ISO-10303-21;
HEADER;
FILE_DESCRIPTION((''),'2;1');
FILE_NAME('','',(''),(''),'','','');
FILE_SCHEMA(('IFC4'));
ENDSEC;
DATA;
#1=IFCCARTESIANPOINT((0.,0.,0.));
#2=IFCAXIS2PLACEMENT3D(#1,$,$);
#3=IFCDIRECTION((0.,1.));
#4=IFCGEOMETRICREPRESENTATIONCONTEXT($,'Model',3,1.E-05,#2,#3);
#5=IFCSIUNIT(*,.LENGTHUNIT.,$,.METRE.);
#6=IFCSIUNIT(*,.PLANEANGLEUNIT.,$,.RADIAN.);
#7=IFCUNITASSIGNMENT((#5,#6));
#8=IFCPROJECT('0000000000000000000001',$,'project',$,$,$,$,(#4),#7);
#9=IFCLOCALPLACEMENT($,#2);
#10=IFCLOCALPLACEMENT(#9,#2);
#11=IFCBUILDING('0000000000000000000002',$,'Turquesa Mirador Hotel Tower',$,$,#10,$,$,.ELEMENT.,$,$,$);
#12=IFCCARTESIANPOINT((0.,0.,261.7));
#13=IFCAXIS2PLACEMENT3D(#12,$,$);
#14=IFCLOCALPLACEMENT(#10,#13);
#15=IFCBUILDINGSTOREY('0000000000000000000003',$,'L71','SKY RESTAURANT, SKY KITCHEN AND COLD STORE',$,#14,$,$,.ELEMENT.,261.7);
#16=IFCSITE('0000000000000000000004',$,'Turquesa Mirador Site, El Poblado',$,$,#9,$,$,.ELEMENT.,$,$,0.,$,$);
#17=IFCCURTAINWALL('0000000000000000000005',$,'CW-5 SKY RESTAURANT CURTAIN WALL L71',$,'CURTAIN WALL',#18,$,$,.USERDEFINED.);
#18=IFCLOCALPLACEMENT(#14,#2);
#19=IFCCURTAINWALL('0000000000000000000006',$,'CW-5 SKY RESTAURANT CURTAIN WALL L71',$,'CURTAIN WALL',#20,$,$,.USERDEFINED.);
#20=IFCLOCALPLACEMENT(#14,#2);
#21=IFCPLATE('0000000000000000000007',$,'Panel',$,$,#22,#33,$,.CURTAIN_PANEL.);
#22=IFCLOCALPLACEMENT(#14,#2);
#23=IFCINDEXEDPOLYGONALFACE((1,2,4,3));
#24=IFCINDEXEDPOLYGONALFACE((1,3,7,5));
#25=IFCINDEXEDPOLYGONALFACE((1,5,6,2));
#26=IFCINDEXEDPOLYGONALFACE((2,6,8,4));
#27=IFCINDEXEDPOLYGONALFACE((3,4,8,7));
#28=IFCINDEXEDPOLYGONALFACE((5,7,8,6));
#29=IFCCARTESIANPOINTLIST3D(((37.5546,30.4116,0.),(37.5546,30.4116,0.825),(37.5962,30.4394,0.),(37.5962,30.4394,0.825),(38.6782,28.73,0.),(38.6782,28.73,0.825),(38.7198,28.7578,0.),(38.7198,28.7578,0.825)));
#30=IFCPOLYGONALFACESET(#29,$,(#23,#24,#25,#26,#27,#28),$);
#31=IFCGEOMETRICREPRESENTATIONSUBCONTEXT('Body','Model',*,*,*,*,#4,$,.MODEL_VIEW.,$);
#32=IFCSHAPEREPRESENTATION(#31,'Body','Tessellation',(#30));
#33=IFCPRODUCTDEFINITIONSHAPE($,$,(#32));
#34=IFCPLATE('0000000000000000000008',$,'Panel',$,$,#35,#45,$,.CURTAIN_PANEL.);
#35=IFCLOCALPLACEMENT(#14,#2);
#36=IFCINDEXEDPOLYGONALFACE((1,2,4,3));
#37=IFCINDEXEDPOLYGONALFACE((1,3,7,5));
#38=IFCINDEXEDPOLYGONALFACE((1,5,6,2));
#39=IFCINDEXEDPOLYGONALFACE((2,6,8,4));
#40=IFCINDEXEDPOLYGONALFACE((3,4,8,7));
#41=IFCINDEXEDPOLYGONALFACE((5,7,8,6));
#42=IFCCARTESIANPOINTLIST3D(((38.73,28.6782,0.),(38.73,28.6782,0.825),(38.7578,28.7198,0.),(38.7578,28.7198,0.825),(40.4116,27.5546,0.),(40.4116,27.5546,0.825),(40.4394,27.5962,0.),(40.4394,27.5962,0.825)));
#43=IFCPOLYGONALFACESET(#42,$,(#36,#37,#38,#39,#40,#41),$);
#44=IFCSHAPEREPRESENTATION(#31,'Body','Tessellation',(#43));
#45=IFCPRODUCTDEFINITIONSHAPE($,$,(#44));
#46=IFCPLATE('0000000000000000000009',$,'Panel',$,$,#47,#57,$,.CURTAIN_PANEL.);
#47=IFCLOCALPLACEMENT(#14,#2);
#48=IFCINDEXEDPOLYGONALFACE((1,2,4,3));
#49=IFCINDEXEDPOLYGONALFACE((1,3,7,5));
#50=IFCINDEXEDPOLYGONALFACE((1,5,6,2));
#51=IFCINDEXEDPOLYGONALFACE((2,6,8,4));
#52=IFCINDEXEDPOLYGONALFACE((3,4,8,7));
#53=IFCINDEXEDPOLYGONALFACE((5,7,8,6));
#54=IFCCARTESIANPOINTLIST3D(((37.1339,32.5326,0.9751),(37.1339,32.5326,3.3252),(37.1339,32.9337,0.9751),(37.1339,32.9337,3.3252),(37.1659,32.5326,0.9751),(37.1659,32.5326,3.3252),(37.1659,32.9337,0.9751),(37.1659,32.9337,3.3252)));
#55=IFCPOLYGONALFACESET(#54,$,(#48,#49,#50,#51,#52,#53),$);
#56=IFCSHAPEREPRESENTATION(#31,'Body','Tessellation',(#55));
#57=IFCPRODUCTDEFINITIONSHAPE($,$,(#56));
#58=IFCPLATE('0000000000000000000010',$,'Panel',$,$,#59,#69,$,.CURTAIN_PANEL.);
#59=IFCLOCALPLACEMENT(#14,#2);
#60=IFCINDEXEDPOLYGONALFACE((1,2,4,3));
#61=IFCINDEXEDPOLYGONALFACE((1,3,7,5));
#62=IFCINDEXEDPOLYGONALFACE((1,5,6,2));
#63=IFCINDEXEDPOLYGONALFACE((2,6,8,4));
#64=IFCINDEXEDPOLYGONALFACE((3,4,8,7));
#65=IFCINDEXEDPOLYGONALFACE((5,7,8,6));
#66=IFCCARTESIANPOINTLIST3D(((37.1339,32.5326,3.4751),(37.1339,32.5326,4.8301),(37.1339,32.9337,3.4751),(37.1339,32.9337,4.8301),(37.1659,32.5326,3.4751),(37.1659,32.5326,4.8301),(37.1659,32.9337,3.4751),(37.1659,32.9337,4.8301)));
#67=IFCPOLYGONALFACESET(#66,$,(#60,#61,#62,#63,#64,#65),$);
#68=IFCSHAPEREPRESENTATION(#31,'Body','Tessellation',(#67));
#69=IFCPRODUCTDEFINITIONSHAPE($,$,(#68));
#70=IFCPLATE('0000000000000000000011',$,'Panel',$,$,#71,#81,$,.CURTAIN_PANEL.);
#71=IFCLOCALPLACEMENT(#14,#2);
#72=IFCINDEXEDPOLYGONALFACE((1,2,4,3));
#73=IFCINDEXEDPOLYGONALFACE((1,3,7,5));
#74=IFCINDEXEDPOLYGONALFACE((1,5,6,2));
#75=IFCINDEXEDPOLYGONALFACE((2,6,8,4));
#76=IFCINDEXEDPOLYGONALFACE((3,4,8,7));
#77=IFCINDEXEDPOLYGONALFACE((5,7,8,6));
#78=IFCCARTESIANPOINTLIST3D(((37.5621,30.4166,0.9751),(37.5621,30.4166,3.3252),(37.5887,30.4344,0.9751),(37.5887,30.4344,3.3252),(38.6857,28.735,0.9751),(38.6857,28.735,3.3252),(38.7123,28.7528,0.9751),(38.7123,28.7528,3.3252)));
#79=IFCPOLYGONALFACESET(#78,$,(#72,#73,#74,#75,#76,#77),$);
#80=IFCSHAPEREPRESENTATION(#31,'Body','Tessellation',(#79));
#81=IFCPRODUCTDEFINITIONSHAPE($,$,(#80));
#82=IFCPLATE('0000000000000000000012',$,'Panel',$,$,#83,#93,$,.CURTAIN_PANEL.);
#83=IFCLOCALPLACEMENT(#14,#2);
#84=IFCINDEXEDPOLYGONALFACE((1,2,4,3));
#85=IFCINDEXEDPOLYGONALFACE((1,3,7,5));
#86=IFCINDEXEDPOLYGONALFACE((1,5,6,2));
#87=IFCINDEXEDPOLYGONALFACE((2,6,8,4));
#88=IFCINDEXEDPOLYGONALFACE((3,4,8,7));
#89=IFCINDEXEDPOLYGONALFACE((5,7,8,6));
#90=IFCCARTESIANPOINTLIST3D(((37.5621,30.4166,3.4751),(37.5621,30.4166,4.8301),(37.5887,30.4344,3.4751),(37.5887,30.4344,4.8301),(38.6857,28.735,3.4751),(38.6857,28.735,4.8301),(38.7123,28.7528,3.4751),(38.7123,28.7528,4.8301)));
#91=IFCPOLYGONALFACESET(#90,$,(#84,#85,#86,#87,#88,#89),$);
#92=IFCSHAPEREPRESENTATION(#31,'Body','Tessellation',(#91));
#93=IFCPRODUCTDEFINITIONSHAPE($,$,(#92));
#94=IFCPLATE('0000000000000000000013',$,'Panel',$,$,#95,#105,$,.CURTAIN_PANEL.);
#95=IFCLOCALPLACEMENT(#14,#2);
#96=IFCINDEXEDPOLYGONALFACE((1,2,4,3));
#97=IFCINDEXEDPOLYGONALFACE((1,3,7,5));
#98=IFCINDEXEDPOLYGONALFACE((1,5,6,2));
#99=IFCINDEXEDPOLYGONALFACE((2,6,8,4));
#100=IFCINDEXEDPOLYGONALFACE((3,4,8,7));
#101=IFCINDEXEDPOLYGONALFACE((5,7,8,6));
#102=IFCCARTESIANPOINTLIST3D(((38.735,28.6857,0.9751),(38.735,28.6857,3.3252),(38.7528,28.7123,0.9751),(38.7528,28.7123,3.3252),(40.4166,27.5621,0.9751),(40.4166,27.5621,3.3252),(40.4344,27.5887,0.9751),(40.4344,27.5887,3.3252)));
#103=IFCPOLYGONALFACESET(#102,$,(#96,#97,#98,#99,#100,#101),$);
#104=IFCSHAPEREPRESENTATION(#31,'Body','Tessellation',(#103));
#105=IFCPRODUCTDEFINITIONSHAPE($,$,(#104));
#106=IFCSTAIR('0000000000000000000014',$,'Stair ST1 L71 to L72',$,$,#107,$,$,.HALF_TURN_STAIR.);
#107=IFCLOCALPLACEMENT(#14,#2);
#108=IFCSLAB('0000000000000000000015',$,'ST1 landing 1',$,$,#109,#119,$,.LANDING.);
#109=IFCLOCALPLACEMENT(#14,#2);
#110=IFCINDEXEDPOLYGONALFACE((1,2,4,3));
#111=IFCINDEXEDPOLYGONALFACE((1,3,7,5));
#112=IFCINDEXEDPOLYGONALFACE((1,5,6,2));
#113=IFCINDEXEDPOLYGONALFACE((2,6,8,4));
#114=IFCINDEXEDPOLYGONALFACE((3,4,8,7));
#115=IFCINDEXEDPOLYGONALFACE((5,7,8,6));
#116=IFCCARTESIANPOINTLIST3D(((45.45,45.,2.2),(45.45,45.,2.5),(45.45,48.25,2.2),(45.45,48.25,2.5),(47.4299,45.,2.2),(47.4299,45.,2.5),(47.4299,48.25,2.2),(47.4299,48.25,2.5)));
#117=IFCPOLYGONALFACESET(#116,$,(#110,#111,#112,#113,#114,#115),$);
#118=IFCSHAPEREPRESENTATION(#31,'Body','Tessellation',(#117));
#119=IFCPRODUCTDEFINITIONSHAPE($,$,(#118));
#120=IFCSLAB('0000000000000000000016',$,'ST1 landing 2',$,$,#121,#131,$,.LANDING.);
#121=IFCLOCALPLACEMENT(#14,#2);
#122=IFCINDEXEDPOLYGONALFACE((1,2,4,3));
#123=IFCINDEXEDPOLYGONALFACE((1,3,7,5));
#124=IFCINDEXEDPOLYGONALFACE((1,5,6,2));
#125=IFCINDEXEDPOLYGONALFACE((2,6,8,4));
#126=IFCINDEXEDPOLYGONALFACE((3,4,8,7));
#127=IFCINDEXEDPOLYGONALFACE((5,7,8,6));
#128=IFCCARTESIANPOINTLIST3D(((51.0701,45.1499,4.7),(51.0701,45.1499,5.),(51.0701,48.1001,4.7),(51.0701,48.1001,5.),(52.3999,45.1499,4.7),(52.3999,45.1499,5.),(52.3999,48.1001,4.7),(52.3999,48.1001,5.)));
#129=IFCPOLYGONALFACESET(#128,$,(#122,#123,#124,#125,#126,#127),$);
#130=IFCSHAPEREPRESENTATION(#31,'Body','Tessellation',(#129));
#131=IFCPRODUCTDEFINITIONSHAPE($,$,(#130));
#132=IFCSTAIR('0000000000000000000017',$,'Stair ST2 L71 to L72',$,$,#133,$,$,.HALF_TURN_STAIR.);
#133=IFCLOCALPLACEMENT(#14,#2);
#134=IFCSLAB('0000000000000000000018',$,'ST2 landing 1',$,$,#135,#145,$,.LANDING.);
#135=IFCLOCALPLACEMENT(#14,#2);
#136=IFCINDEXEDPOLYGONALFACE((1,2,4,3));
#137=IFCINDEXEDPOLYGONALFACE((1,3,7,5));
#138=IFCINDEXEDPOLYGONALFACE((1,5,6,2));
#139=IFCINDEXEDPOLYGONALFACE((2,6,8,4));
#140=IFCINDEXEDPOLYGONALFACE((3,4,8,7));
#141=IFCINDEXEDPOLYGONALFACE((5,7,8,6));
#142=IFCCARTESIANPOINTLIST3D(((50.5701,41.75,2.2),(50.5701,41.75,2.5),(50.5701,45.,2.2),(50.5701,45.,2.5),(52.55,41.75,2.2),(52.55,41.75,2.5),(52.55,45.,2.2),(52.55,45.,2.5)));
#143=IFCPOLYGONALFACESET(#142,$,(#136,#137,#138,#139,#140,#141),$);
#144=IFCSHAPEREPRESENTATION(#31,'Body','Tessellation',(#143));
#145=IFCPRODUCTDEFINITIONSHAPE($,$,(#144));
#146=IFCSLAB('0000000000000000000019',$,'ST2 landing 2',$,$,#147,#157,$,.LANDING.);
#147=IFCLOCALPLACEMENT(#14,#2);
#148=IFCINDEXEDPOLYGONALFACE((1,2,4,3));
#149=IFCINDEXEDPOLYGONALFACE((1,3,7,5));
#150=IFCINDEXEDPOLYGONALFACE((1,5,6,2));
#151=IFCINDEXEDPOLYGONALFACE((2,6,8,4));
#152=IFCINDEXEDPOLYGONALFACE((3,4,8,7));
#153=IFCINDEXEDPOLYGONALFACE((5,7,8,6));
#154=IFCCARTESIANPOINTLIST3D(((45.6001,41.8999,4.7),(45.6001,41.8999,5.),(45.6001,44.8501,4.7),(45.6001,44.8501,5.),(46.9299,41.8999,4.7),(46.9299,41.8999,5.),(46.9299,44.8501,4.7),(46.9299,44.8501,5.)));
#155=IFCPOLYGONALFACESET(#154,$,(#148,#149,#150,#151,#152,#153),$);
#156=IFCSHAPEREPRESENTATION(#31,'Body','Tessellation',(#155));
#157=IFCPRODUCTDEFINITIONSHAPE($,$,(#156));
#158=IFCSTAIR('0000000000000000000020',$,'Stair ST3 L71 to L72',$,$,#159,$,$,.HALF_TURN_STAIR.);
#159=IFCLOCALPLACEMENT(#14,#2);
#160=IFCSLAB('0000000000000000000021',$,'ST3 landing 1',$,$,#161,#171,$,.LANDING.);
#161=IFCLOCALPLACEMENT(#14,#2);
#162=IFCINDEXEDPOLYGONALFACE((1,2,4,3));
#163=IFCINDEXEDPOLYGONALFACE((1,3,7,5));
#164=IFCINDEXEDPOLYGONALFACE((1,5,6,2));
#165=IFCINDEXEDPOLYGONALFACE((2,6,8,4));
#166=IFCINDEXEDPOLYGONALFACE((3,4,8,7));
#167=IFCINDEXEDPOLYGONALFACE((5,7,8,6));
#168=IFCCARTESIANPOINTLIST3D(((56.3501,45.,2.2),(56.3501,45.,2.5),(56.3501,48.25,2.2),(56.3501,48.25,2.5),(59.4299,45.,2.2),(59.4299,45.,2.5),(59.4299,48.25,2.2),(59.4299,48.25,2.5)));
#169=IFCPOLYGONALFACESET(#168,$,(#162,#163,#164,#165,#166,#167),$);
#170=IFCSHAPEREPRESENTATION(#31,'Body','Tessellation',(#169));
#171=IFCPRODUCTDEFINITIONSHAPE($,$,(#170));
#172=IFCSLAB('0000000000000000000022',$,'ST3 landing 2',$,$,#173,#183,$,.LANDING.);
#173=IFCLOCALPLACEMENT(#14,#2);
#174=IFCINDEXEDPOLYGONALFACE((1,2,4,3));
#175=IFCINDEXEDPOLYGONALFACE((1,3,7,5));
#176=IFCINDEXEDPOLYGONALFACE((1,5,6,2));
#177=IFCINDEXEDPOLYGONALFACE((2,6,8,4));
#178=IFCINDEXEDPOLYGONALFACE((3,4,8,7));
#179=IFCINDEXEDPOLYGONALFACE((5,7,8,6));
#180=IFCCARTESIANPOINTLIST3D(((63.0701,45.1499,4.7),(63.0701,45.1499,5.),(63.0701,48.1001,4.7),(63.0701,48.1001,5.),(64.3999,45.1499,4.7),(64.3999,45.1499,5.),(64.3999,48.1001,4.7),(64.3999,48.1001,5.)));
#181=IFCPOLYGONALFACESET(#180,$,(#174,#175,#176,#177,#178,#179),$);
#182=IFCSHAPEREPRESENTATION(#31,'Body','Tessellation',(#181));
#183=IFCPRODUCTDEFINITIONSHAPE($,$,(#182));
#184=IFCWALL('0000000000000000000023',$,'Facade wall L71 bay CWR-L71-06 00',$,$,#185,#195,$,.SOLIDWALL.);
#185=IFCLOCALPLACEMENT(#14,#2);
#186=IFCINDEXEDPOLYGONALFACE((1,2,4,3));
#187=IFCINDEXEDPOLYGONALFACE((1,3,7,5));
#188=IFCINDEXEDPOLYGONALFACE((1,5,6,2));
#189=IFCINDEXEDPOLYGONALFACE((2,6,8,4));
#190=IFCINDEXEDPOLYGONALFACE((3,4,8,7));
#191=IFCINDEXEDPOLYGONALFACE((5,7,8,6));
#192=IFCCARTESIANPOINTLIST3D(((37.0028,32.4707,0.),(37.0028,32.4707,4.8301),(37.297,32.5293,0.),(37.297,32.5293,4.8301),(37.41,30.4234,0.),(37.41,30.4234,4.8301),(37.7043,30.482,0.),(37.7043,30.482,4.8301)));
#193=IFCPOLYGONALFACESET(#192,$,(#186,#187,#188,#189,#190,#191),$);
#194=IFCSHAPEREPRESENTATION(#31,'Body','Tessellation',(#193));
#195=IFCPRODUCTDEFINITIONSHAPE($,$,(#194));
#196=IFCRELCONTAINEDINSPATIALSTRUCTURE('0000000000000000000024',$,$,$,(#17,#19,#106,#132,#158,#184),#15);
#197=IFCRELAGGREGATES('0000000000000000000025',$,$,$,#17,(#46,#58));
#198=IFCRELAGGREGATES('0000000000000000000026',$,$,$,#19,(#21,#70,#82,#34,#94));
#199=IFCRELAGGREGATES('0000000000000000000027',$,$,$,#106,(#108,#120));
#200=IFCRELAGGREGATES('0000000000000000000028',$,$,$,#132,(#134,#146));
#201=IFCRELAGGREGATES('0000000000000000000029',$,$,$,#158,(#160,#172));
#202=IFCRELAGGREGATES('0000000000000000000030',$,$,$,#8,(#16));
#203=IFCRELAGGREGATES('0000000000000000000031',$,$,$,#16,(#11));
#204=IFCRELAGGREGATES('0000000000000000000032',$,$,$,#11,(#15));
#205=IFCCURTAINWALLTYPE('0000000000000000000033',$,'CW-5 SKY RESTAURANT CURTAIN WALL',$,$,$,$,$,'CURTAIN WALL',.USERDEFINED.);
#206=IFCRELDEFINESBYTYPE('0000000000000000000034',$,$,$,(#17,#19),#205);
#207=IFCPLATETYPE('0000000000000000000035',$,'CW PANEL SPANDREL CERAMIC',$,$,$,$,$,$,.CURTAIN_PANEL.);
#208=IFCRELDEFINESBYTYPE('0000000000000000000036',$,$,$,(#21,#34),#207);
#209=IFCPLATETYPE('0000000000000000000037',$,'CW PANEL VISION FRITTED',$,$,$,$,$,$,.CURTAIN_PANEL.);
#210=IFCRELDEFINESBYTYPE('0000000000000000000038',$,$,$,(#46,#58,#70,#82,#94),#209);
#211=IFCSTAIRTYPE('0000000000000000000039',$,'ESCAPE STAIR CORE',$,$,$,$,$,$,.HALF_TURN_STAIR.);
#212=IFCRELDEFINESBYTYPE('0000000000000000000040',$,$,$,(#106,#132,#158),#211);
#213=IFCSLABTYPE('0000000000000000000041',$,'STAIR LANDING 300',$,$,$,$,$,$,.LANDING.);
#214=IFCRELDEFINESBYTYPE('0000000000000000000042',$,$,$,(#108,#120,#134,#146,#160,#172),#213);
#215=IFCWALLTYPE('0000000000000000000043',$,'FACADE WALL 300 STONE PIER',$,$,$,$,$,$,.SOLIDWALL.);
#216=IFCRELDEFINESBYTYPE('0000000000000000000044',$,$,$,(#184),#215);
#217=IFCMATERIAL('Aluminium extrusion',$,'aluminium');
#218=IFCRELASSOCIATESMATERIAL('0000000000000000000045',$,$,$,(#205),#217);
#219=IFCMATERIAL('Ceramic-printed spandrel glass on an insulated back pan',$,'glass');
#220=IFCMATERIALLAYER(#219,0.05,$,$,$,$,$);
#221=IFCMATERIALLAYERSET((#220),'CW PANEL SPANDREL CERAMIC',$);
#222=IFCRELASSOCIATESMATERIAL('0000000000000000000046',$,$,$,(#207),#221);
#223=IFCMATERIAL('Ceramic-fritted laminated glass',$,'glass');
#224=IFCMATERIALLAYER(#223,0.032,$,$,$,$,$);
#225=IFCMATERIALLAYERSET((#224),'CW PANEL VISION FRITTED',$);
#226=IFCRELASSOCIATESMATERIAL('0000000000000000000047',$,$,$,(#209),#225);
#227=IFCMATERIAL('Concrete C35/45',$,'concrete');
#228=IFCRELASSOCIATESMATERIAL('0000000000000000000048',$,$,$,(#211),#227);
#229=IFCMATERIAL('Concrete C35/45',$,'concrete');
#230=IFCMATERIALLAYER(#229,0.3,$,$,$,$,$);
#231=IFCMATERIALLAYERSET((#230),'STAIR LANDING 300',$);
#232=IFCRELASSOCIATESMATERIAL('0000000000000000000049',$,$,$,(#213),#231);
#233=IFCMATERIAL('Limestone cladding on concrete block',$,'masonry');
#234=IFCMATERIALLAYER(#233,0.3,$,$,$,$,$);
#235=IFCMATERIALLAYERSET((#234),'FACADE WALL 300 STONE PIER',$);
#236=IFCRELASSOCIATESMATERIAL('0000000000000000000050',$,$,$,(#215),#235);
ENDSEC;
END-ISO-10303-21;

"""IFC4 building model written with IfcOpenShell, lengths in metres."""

from ifc_helpers import new_model, si_unit, direction, frame, frame_2d, origin, origin_2d, place, context, subcontext, project, spatial, polyline, rectangle, outline, extrude, material, layer, layer_set, type_object, element, aggregate, save


model = new_model("IFC4")

# Units and contexts
model_context = context("Model", 3, precision=1e-05, world=origin(), true_north=direction((0.0, 1.0)))
body_context = subcontext(model_context, "Body", "Model", "MODEL_VIEW")
ifc_project = project(units=[si_unit("LENGTHUNIT", "METRE"), si_unit("PLANEANGLEUNIT", "RADIAN")], contexts=[model_context])

# Site, building, storey
site_placement = place(None, origin())
site = spatial("IfcSite", under=ifc_project, at=site_placement, Name="Turquesa Mirador Site, El Poblado", CompositionType="ELEMENT", RefElevation=0.0)
building_placement = place(site_placement, origin())
building = spatial("IfcBuilding", under=site, at=building_placement, Name="Turquesa Mirador Hotel Tower", CompositionType="ELEMENT")
storey_placement = place(building_placement, frame((0.0, 0.0, 261.7)))
storey = spatial("IfcBuildingStorey", under=building, at=storey_placement, Name="L71", Description="SKY RESTAURANT, SKY KITCHEN AND COLD STORE", CompositionType="ELEMENT", Elevation=261.7)

# Shared definitions
ifc_material_1 = material(Name="Aluminium extrusion", Category="aluminium")
curtain_wall_type = type_object("IfcCurtainWallType", Name="CW-5 SKY RESTAURANT CURTAIN WALL", ElementType="CURTAIN WALL", PredefinedType="USERDEFINED", material=ifc_material_1)

# Curtain walls
curtain_wall_1_placement = place(storey_placement, origin())
curtain_wall_1 = element("IfcCurtainWall", 1, at=curtain_wall_1_placement, inside=storey, type_object=curtain_wall_type, Name="CW-5 SKY RESTAURANT CURTAIN WALL L71", ObjectType="CURTAIN WALL", PredefinedType="USERDEFINED")
curtain_wall_2_placement = place(storey_placement, origin())
curtain_wall_2 = element("IfcCurtainWall", 2, at=curtain_wall_2_placement, inside=storey, type_object=curtain_wall_type, Name="CW-5 SKY RESTAURANT CURTAIN WALL L71", ObjectType="CURTAIN WALL", PredefinedType="USERDEFINED")

# Plates
ifc_material_2 = material(Name="Ceramic-printed spandrel glass on an insulated back pan", Category="glass")
ifc_layer_1 = layer(ifc_material_2, 0.05)
ifc_layer_set_1 = layer_set([ifc_layer_1], Name="CW PANEL SPANDREL CERAMIC")
plate_type_1 = type_object("IfcPlateType", Name="CW PANEL SPANDREL CERAMIC", PredefinedType="CURTAIN_PANEL", material=ifc_layer_set_1)
plate_1_placement = place(storey_placement, frame((38.1372, 29.5847, 0.0), z_axis=(0.0, 0.0, 1.0), x_axis=(0.55557, -0.83147, 0.0)))
plate_1 = element("IfcPlate", 3, at=plate_1_placement, type_object=plate_type_1, Name="Panel", PredefinedType="CURTAIN_PANEL", context=body_context, shape_type="SweptSolid", body=[
    extrude(rectangle(XDim=2.0225, YDim=0.05, at=origin_2d()), origin(), (0.0, 0.0, 1.0), 0.825),
])
plate_2_placement = place(storey_placement, frame((39.5847, 28.1372, 0.0), z_axis=(0.0, 0.0, 1.0), x_axis=(0.83147, -0.55557, 0.0)))
plate_2 = element("IfcPlate", 4, at=plate_2_placement, type_object=plate_type_1, Name="Panel", PredefinedType="CURTAIN_PANEL", context=body_context, shape_type="SweptSolid", body=[
    extrude(rectangle(XDim=2.0225, YDim=0.05, at=origin_2d()), origin(), (0.0, 0.0, 1.0), 0.825),
])
ifc_material_3 = material(Name="Ceramic-fritted laminated glass", Category="glass")
ifc_layer_2 = layer(ifc_material_3, 0.032)
ifc_layer_set_2 = layer_set([ifc_layer_2], Name="CW PANEL VISION FRITTED")
plate_type_2 = type_object("IfcPlateType", Name="CW PANEL VISION FRITTED", PredefinedType="CURTAIN_PANEL", material=ifc_layer_set_2)
plate_3_placement = place(storey_placement, frame((37.1499, 32.7332, 0.9751), z_axis=(0.0, 0.0, 1.0), x_axis=(0.0, -1.0, 0.0)))
plate_3 = element("IfcPlate", 5, at=plate_3_placement, type_object=plate_type_2, Name="Panel", PredefinedType="CURTAIN_PANEL", context=body_context, shape_type="SweptSolid", body=[
    extrude(rectangle(XDim=0.4011, YDim=0.032, at=origin_2d()), origin(), (0.0, 0.0, 1.0), 2.3501),
])
plate_4_placement = place(storey_placement, frame((37.1499, 32.7332, 3.4751), z_axis=(0.0, 0.0, 1.0), x_axis=(0.0, -1.0, 0.0)))
plate_4 = element("IfcPlate", 6, at=plate_4_placement, type_object=plate_type_2, Name="Panel", PredefinedType="CURTAIN_PANEL", context=body_context, shape_type="SweptSolid", body=[
    extrude(rectangle(XDim=0.4011, YDim=0.032, at=origin_2d()), origin(), (0.0, 0.0, 1.0), 1.355),
])
aggregate(curtain_wall_1, [plate_3, plate_4])
plate_5_placement = place(storey_placement, frame((38.1372, 29.5847, 0.9751), z_axis=(0.0, 0.0, 1.0), x_axis=(0.55557, -0.83147, 0.0)))
plate_5 = element("IfcPlate", 7, at=plate_5_placement, type_object=plate_type_2, Name="Panel", PredefinedType="CURTAIN_PANEL", context=body_context, shape_type="SweptSolid", body=[
    extrude(rectangle(XDim=2.0225, YDim=0.032, at=origin_2d()), origin(), (0.0, 0.0, 1.0), 2.3501),
])
plate_6_placement = place(storey_placement, frame((38.1372, 29.5847, 3.4751), z_axis=(0.0, 0.0, 1.0), x_axis=(0.55557, -0.83147, 0.0)))
plate_6 = element("IfcPlate", 8, at=plate_6_placement, type_object=plate_type_2, Name="Panel", PredefinedType="CURTAIN_PANEL", context=body_context, shape_type="SweptSolid", body=[
    extrude(rectangle(XDim=2.0225, YDim=0.032, at=origin_2d()), origin(), (0.0, 0.0, 1.0), 1.355),
])
plate_7_placement = place(storey_placement, frame((39.5847, 28.1372, 0.9751), z_axis=(0.0, 0.0, 1.0), x_axis=(0.83147, -0.55557, 0.0)))
plate_7 = element("IfcPlate", 9, at=plate_7_placement, type_object=plate_type_2, Name="Panel", PredefinedType="CURTAIN_PANEL", context=body_context, shape_type="SweptSolid", body=[
    extrude(rectangle(XDim=2.0225, YDim=0.032, at=origin_2d()), origin(), (0.0, 0.0, 1.0), 2.3501),
])
aggregate(curtain_wall_2, [plate_1, plate_5, plate_6, plate_2, plate_7])

# Stairs, slabs
ifc_material_4 = material(Name="Concrete C35/45", Category="concrete")
stair_type = type_object("IfcStairType", Name="ESCAPE STAIR CORE", PredefinedType="HALF_TURN_STAIR", material=ifc_material_4)
stair_1_placement = place(storey_placement, origin())
stair_1 = element("IfcStair", 10, at=stair_1_placement, inside=storey, type_object=stair_type, Name="Stair ST1 L71 to L72", PredefinedType="HALF_TURN_STAIR")
ifc_material_5 = material(Name="Concrete C35/45", Category="concrete")
ifc_layer_3 = layer(ifc_material_5, 0.3)
ifc_layer_set_3 = layer_set([ifc_layer_3], Name="STAIR LANDING 300")
slab_type_1 = type_object("IfcSlabType", Name="STAIR LANDING 300", PredefinedType="LANDING", material=ifc_layer_set_3)
slab_1_placement = place(storey_placement, frame((0.0, 0.0, 2.2)))
slab_1 = element("IfcSlab", 11, at=slab_1_placement, type_object=slab_type_1, Name="ST1 landing 1", PredefinedType="LANDING", context=body_context, shape_type="SweptSolid", body=[
    extrude(outline(polyline([(45.45, 45.0), (47.4299, 45.0), (47.4299, 48.25), (45.45, 48.25), (45.45, 45.0)])), origin(), (0.0, 0.0, 1.0), 0.3),
])
slab_2_placement = place(storey_placement, frame((0.0, 0.0, 4.7)))
slab_2 = element("IfcSlab", 12, at=slab_2_placement, type_object=slab_type_1, Name="ST1 landing 2", PredefinedType="LANDING", context=body_context, shape_type="SweptSolid", body=[
    extrude(outline(polyline([(51.0701, 45.1499), (52.3999, 45.1499), (52.3999, 48.1001), (51.0701, 48.1001), (51.0701, 45.1499)])), origin(), (0.0, 0.0, 1.0), 0.3),
])
aggregate(stair_1, [slab_1, slab_2])
stair_2_placement = place(storey_placement, origin())
stair_2 = element("IfcStair", 13, at=stair_2_placement, inside=storey, type_object=stair_type, Name="Stair ST2 L71 to L72", PredefinedType="HALF_TURN_STAIR")
slab_3_placement = place(storey_placement, frame((0.0, 0.0, 2.2)))
slab_3 = element("IfcSlab", 14, at=slab_3_placement, type_object=slab_type_1, Name="ST2 landing 1", PredefinedType="LANDING", context=body_context, shape_type="SweptSolid", body=[
    extrude(outline(polyline([(52.55, 45.0), (50.5701, 45.0), (50.5701, 41.75), (52.55, 41.75), (52.55, 45.0)])), origin(), (0.0, 0.0, 1.0), 0.3),
])
slab_4_placement = place(storey_placement, frame((0.0, 0.0, 4.7)))
slab_4 = element("IfcSlab", 15, at=slab_4_placement, type_object=slab_type_1, Name="ST2 landing 2", PredefinedType="LANDING", context=body_context, shape_type="SweptSolid", body=[
    extrude(outline(polyline([(46.9299, 44.8501), (45.6001, 44.8501), (45.6001, 41.8999), (46.9299, 41.8999), (46.9299, 44.8501)])), origin(), (0.0, 0.0, 1.0), 0.3),
])
aggregate(stair_2, [slab_3, slab_4])
stair_3_placement = place(storey_placement, origin())
stair_3 = element("IfcStair", 16, at=stair_3_placement, inside=storey, type_object=stair_type, Name="Stair ST3 L71 to L72", PredefinedType="HALF_TURN_STAIR")
slab_5_placement = place(storey_placement, frame((0.0, 0.0, 2.2)))
slab_5 = element("IfcSlab", 17, at=slab_5_placement, type_object=slab_type_1, Name="ST3 landing 1", PredefinedType="LANDING", context=body_context, shape_type="SweptSolid", body=[
    extrude(outline(polyline([(56.3501, 45.0), (59.4299, 45.0), (59.4299, 48.25), (56.3501, 48.25), (56.3501, 45.0)])), origin(), (0.0, 0.0, 1.0), 0.3),
])
slab_6_placement = place(storey_placement, frame((0.0, 0.0, 4.7)))
slab_6 = element("IfcSlab", 18, at=slab_6_placement, type_object=slab_type_1, Name="ST3 landing 2", PredefinedType="LANDING", context=body_context, shape_type="SweptSolid", body=[
    extrude(outline(polyline([(63.0701, 45.1499), (64.3999, 45.1499), (64.3999, 48.1001), (63.0701, 48.1001), (63.0701, 45.1499)])), origin(), (0.0, 0.0, 1.0), 0.3),
])
aggregate(stair_3, [slab_5, slab_6])

# Wall
ifc_material_6 = material(Name="Limestone cladding on concrete block", Category="masonry")
ifc_layer_4 = layer(ifc_material_6, 0.3)
ifc_layer_set_4 = layer_set([ifc_layer_4], Name="FACADE WALL 300 STONE PIER")
wall_type_1 = type_object("IfcWallType", Name="FACADE WALL 300 STONE PIER", PredefinedType="SOLIDWALL", material=ifc_layer_set_4)
wall_1_placement = place(storey_placement, frame((37.1499, 32.5, 0.0), z_axis=(0.0, 0.0, 1.0), x_axis=(0.195081, -0.980787, 0.0)))
element("IfcWall", 19, at=wall_1_placement, inside=storey, type_object=wall_type_1, Name="Facade wall L71 bay CWR-L71-06 00", PredefinedType="SOLIDWALL", context=body_context, shape_type="SweptSolid", body=[
    extrude(rectangle(XDim=2.0874, YDim=0.3, at=frame_2d((1.0437, 0.0))), origin(), (0.0, 0.0, 1.0), 4.8301),
])

save(model, "model.ifc")
